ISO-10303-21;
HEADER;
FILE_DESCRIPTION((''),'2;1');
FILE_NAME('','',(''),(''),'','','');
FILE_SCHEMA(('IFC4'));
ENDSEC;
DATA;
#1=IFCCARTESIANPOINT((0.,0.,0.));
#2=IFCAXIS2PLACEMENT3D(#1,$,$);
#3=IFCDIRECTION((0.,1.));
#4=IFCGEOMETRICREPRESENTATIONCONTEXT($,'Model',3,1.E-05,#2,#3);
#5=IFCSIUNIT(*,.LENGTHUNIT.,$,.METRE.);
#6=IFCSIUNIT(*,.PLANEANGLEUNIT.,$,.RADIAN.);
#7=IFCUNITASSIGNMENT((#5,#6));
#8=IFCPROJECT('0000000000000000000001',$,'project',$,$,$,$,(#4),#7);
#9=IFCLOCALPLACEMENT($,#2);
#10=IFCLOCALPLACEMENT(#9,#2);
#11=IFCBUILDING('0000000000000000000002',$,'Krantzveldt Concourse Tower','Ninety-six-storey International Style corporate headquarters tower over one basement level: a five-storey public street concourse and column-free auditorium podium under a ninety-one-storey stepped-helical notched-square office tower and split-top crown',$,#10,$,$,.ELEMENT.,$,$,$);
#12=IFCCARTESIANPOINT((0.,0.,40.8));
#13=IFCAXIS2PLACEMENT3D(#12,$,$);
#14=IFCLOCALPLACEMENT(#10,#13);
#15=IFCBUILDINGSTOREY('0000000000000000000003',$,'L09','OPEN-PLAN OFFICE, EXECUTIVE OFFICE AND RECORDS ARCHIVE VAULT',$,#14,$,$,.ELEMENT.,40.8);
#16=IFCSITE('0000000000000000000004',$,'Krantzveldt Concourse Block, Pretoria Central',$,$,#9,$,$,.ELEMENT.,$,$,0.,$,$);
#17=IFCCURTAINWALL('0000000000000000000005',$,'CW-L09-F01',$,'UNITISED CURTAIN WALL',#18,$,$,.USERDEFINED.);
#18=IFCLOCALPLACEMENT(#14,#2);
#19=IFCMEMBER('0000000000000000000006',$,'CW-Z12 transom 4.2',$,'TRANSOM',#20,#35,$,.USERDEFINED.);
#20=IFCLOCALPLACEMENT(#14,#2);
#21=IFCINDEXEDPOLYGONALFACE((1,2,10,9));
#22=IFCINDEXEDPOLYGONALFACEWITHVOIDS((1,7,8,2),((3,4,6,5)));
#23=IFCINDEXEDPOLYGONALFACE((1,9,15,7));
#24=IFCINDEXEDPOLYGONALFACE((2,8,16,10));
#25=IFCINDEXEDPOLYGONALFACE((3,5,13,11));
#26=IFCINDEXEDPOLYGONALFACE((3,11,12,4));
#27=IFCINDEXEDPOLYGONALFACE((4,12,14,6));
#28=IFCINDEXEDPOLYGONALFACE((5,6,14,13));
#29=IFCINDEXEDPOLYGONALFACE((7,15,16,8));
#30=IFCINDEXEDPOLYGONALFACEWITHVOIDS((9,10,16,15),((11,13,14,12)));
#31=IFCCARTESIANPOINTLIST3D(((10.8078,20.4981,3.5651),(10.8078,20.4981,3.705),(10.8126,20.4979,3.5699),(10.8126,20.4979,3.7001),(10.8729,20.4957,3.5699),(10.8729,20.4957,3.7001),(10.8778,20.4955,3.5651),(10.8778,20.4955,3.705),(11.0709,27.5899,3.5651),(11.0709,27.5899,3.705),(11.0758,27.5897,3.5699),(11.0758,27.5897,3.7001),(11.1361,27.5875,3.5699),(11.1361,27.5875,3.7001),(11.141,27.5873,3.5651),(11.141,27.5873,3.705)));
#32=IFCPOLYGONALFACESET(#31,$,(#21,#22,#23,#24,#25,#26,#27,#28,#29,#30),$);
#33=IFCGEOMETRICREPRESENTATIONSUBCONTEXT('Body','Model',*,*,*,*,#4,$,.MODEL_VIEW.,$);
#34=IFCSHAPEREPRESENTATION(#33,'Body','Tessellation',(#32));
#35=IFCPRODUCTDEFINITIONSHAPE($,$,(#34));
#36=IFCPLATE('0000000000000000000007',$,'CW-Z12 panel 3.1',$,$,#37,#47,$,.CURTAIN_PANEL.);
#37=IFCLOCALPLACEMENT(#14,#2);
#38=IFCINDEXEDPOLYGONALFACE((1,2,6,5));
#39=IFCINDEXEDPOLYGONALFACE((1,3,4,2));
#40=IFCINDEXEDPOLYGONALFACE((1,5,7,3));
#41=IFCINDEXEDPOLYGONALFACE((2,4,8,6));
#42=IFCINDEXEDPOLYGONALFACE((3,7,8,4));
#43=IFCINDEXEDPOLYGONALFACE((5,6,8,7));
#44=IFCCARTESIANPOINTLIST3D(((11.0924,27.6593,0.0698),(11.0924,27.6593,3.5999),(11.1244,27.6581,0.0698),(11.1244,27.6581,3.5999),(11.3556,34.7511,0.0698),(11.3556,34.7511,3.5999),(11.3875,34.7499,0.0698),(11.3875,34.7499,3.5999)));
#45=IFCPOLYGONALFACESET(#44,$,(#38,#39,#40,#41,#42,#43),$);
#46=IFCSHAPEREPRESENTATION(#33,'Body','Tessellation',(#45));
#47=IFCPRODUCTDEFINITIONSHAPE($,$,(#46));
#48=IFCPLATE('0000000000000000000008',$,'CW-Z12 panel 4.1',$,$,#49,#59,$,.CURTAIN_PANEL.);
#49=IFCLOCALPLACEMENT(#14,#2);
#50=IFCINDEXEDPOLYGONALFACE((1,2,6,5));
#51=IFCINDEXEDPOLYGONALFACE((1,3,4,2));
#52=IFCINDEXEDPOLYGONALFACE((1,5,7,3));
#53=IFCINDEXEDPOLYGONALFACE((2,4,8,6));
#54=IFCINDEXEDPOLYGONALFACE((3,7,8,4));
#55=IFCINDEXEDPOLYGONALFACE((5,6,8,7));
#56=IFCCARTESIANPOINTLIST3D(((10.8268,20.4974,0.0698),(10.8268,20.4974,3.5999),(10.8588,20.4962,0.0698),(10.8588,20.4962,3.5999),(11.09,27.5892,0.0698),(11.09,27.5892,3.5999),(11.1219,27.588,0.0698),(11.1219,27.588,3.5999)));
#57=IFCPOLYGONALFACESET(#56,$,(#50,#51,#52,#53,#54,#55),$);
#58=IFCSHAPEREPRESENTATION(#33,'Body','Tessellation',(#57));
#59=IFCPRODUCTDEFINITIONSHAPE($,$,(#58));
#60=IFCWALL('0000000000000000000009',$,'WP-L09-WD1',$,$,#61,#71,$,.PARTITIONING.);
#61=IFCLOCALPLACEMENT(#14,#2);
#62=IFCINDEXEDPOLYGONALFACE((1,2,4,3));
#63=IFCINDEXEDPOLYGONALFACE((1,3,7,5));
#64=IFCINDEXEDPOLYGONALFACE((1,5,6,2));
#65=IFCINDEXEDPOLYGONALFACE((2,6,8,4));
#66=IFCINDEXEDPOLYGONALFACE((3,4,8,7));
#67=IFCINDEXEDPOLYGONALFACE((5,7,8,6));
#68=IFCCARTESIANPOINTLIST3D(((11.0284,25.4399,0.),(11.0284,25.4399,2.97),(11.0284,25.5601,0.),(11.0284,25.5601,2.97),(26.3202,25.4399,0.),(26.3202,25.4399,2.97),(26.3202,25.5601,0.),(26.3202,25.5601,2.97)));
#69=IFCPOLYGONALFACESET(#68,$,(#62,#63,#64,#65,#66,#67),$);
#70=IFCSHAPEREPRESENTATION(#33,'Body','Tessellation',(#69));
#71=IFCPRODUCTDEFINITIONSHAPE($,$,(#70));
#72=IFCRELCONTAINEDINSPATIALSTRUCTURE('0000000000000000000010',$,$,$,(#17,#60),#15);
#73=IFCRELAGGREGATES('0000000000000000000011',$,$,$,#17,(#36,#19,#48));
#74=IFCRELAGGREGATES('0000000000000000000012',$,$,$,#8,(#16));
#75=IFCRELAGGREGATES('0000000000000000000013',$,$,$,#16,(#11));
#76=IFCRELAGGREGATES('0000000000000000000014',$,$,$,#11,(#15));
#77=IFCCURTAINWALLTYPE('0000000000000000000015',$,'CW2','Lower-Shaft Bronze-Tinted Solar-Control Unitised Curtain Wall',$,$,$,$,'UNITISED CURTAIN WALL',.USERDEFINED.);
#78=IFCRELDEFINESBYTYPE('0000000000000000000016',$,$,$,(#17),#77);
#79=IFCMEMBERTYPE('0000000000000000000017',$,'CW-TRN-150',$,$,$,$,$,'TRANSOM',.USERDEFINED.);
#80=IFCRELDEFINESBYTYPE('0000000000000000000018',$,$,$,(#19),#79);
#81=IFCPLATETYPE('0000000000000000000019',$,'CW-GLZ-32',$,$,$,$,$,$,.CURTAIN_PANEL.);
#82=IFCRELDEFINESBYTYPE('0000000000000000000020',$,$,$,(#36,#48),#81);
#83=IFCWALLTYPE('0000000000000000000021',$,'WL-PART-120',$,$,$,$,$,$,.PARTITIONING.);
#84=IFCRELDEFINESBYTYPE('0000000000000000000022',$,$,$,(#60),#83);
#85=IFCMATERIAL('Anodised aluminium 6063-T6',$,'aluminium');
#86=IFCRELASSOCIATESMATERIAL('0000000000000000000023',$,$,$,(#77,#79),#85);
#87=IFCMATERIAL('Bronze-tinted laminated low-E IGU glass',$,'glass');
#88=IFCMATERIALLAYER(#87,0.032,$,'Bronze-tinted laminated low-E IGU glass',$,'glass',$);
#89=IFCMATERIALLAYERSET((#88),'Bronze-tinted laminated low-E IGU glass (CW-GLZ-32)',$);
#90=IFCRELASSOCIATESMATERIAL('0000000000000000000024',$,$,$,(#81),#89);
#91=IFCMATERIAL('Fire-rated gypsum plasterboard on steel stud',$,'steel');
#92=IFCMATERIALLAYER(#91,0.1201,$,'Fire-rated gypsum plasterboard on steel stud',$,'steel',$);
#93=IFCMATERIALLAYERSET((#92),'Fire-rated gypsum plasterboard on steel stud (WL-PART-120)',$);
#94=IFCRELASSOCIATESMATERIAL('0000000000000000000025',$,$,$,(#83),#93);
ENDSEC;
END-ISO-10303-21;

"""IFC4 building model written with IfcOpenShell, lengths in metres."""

from ifc_helpers import new_model, si_unit, direction, frame, frame_2d, origin, origin_2d, place, context, subcontext, project, spatial, rectangle, hollow_rectangle, extrude, source, transform, mapped, material, layer, layer_set, material_profile, profile_set, type_object, type_shapes, element, aggregate, save


model = new_model("IFC4")

# Units and contexts
model_context = context("Model", 3, precision=1e-05, world=origin(), true_north=direction((0.0, 1.0)))
body_context = subcontext(model_context, "Body", "Model", "MODEL_VIEW")
ifc_project = project(units=[si_unit("LENGTHUNIT", "METRE"), si_unit("PLANEANGLEUNIT", "RADIAN")], contexts=[model_context])

# Site, building, storey
site_placement = place(None, origin())
site = spatial("IfcSite", under=ifc_project, at=site_placement, Name="Krantzveldt Concourse Block, Pretoria Central", CompositionType="ELEMENT", RefElevation=0.0)
building_placement = place(site_placement, origin())
building = spatial("IfcBuilding", under=site, at=building_placement, Name="Krantzveldt Concourse Tower", Description="Ninety-six-storey International Style corporate headquarters tower over one basement level: a five-storey public street concourse and column-free auditorium podium under a ninety-one-storey stepped-helical notched-square office tower and split-top crown", CompositionType="ELEMENT")
storey_placement = place(building_placement, frame((0.0, 0.0, 40.8)))
storey = spatial("IfcBuildingStorey", under=building, at=storey_placement, Name="L09", Description="OPEN-PLAN OFFICE, EXECUTIVE OFFICE AND RECORDS ARCHIVE VAULT", CompositionType="ELEMENT", Elevation=40.8)

# Curtain wall, member, plates
ifc_material_1 = material(Name="Anodised aluminium 6063-T6", Category="aluminium")
curtain_wall_type = type_object("IfcCurtainWallType", Name="CW2", Description="Lower-Shaft Bronze-Tinted Solar-Control Unitised Curtain Wall", ElementType="UNITISED CURTAIN WALL", PredefinedType="USERDEFINED", material=ifc_material_1)
curtain_wall_placement = place(storey_placement, origin())
curtain_wall = element("IfcCurtainWall", 1, at=curtain_wall_placement, inside=storey, type_object=curtain_wall_type, Name="CW-L09-F01", ObjectType="UNITISED CURTAIN WALL", PredefinedType="USERDEFINED")
ifc_material_profile_1 = material_profile(ifc_material_1, hollow_rectangle(XDim=0.0701, YDim=0.1399, WallThickness=0.0049, at=origin_2d()), Name="Anodised aluminium 6063-T6", Category="aluminium")
ifc_profile_set_1 = profile_set([ifc_material_profile_1], Name="Anodised aluminium 6063-T6 - ALU-TRAN 140x70x5")
member_type_1 = type_object("IfcMemberType", Name="CW-TRN-150", ElementType="TRANSOM", PredefinedType="USERDEFINED", material=ifc_profile_set_1)
shared_shape_1 = source(origin(), body_context, "Body", "SweptSolid", [
    extrude(hollow_rectangle(XDim=0.0701, YDim=0.1399, WallThickness=0.0049, at=origin_2d()), origin(), (0.0, 0.0, 1.0), 7.0967),
])
type_shapes(member_type_1, [shared_shape_1])
member_1_placement = place(storey_placement, frame((11.106, 27.5886, 3.635), z_axis=(-0.037085, -0.999312, 0.0), x_axis=(0.999312, -0.037085, 0.0)))
member_1 = element("IfcMember", 2, at=member_1_placement, type_object=member_type_1, Name="CW-Z12 transom 4.2", ObjectType="TRANSOM", PredefinedType="USERDEFINED", context=body_context, shape_type="MappedRepresentation", body=[
    mapped(shared_shape_1, transform((0.0, 0.0, 0.0), x_axis=(1.0, 0.0, 0.0), y_axis=(0.0, 1.0, 0.0), z_axis=(0.0, 0.0, 1.0), scale=1.0)),
])
ifc_material_2 = material(Name="Bronze-tinted laminated low-E IGU glass", Category="glass")
ifc_layer_1 = layer(ifc_material_2, 0.032, Name="Bronze-tinted laminated low-E IGU glass", Category="glass")
ifc_layer_set_1 = layer_set([ifc_layer_1], Name="Bronze-tinted laminated low-E IGU glass (CW-GLZ-32)")
plate_type = type_object("IfcPlateType", Name="CW-GLZ-32", PredefinedType="CURTAIN_PANEL", material=ifc_layer_set_1)
shared_shape_2 = source(origin(), body_context, "Body", "SweptSolid", [
    extrude(rectangle(XDim=7.0967, YDim=0.032, at=origin_2d()), origin(), (0.0, 0.0, 1.0), 3.53),
])
type_shapes(plate_type, [shared_shape_2])
plate_1_placement = place(storey_placement, frame((11.24, 31.2046, 0.0698), z_axis=(0.0, 0.0, 1.0), x_axis=(-0.03708, -0.999312, 0.0)))
plate_1 = element("IfcPlate", 3, at=plate_1_placement, type_object=plate_type, Name="CW-Z12 panel 3.1", PredefinedType="CURTAIN_PANEL", context=body_context, shape_type="MappedRepresentation", body=[
    mapped(shared_shape_2, transform((0.0, 0.0, 0.0), x_axis=(1.0, 0.0, 0.0), y_axis=(0.0, 1.0, 0.0), z_axis=(0.0, 0.0, 1.0), scale=1.0)),
])
plate_2_placement = place(storey_placement, frame((10.9744, 24.0427, 0.0698), z_axis=(0.0, 0.0, 1.0), x_axis=(-0.03708, -0.999312, 0.0)))
plate_2 = element("IfcPlate", 4, at=plate_2_placement, type_object=plate_type, Name="CW-Z12 panel 4.1", PredefinedType="CURTAIN_PANEL", context=body_context, shape_type="MappedRepresentation", body=[
    mapped(shared_shape_2, transform((0.0, 0.0, 0.0), x_axis=(1.0, 0.0, 0.0), y_axis=(0.0, 1.0, 0.0), z_axis=(0.0, 0.0, 1.0), scale=1.0)),
])
aggregate(curtain_wall, [plate_1, member_1, plate_2])

# Wall
ifc_material_3 = material(Name="Fire-rated gypsum plasterboard on steel stud", Category="steel")
ifc_layer_2 = layer(ifc_material_3, 0.1201, Name="Fire-rated gypsum plasterboard on steel stud", Category="steel")
ifc_layer_set_2 = layer_set([ifc_layer_2], Name="Fire-rated gypsum plasterboard on steel stud (WL-PART-120)")
wall_type = type_object("IfcWallType", Name="WL-PART-120", PredefinedType="PARTITIONING", material=ifc_layer_set_2)
wall_placement = place(storey_placement, frame((11.0283, 25.5, 0.0), z_axis=(0.0, 0.0, 1.0), x_axis=(1.0, 0.0, 0.0)))
element("IfcWall", 5, at=wall_placement, inside=storey, type_object=wall_type, Name="WP-L09-WD1", PredefinedType="PARTITIONING", context=body_context, shape_type="SweptSolid", body=[
    extrude(rectangle(XDim=15.2917, YDim=0.1201, at=frame_2d((7.646, 0.0))), origin(), (0.0, 0.0, 1.0), 2.97),
])

save(model, "model.ifc")
